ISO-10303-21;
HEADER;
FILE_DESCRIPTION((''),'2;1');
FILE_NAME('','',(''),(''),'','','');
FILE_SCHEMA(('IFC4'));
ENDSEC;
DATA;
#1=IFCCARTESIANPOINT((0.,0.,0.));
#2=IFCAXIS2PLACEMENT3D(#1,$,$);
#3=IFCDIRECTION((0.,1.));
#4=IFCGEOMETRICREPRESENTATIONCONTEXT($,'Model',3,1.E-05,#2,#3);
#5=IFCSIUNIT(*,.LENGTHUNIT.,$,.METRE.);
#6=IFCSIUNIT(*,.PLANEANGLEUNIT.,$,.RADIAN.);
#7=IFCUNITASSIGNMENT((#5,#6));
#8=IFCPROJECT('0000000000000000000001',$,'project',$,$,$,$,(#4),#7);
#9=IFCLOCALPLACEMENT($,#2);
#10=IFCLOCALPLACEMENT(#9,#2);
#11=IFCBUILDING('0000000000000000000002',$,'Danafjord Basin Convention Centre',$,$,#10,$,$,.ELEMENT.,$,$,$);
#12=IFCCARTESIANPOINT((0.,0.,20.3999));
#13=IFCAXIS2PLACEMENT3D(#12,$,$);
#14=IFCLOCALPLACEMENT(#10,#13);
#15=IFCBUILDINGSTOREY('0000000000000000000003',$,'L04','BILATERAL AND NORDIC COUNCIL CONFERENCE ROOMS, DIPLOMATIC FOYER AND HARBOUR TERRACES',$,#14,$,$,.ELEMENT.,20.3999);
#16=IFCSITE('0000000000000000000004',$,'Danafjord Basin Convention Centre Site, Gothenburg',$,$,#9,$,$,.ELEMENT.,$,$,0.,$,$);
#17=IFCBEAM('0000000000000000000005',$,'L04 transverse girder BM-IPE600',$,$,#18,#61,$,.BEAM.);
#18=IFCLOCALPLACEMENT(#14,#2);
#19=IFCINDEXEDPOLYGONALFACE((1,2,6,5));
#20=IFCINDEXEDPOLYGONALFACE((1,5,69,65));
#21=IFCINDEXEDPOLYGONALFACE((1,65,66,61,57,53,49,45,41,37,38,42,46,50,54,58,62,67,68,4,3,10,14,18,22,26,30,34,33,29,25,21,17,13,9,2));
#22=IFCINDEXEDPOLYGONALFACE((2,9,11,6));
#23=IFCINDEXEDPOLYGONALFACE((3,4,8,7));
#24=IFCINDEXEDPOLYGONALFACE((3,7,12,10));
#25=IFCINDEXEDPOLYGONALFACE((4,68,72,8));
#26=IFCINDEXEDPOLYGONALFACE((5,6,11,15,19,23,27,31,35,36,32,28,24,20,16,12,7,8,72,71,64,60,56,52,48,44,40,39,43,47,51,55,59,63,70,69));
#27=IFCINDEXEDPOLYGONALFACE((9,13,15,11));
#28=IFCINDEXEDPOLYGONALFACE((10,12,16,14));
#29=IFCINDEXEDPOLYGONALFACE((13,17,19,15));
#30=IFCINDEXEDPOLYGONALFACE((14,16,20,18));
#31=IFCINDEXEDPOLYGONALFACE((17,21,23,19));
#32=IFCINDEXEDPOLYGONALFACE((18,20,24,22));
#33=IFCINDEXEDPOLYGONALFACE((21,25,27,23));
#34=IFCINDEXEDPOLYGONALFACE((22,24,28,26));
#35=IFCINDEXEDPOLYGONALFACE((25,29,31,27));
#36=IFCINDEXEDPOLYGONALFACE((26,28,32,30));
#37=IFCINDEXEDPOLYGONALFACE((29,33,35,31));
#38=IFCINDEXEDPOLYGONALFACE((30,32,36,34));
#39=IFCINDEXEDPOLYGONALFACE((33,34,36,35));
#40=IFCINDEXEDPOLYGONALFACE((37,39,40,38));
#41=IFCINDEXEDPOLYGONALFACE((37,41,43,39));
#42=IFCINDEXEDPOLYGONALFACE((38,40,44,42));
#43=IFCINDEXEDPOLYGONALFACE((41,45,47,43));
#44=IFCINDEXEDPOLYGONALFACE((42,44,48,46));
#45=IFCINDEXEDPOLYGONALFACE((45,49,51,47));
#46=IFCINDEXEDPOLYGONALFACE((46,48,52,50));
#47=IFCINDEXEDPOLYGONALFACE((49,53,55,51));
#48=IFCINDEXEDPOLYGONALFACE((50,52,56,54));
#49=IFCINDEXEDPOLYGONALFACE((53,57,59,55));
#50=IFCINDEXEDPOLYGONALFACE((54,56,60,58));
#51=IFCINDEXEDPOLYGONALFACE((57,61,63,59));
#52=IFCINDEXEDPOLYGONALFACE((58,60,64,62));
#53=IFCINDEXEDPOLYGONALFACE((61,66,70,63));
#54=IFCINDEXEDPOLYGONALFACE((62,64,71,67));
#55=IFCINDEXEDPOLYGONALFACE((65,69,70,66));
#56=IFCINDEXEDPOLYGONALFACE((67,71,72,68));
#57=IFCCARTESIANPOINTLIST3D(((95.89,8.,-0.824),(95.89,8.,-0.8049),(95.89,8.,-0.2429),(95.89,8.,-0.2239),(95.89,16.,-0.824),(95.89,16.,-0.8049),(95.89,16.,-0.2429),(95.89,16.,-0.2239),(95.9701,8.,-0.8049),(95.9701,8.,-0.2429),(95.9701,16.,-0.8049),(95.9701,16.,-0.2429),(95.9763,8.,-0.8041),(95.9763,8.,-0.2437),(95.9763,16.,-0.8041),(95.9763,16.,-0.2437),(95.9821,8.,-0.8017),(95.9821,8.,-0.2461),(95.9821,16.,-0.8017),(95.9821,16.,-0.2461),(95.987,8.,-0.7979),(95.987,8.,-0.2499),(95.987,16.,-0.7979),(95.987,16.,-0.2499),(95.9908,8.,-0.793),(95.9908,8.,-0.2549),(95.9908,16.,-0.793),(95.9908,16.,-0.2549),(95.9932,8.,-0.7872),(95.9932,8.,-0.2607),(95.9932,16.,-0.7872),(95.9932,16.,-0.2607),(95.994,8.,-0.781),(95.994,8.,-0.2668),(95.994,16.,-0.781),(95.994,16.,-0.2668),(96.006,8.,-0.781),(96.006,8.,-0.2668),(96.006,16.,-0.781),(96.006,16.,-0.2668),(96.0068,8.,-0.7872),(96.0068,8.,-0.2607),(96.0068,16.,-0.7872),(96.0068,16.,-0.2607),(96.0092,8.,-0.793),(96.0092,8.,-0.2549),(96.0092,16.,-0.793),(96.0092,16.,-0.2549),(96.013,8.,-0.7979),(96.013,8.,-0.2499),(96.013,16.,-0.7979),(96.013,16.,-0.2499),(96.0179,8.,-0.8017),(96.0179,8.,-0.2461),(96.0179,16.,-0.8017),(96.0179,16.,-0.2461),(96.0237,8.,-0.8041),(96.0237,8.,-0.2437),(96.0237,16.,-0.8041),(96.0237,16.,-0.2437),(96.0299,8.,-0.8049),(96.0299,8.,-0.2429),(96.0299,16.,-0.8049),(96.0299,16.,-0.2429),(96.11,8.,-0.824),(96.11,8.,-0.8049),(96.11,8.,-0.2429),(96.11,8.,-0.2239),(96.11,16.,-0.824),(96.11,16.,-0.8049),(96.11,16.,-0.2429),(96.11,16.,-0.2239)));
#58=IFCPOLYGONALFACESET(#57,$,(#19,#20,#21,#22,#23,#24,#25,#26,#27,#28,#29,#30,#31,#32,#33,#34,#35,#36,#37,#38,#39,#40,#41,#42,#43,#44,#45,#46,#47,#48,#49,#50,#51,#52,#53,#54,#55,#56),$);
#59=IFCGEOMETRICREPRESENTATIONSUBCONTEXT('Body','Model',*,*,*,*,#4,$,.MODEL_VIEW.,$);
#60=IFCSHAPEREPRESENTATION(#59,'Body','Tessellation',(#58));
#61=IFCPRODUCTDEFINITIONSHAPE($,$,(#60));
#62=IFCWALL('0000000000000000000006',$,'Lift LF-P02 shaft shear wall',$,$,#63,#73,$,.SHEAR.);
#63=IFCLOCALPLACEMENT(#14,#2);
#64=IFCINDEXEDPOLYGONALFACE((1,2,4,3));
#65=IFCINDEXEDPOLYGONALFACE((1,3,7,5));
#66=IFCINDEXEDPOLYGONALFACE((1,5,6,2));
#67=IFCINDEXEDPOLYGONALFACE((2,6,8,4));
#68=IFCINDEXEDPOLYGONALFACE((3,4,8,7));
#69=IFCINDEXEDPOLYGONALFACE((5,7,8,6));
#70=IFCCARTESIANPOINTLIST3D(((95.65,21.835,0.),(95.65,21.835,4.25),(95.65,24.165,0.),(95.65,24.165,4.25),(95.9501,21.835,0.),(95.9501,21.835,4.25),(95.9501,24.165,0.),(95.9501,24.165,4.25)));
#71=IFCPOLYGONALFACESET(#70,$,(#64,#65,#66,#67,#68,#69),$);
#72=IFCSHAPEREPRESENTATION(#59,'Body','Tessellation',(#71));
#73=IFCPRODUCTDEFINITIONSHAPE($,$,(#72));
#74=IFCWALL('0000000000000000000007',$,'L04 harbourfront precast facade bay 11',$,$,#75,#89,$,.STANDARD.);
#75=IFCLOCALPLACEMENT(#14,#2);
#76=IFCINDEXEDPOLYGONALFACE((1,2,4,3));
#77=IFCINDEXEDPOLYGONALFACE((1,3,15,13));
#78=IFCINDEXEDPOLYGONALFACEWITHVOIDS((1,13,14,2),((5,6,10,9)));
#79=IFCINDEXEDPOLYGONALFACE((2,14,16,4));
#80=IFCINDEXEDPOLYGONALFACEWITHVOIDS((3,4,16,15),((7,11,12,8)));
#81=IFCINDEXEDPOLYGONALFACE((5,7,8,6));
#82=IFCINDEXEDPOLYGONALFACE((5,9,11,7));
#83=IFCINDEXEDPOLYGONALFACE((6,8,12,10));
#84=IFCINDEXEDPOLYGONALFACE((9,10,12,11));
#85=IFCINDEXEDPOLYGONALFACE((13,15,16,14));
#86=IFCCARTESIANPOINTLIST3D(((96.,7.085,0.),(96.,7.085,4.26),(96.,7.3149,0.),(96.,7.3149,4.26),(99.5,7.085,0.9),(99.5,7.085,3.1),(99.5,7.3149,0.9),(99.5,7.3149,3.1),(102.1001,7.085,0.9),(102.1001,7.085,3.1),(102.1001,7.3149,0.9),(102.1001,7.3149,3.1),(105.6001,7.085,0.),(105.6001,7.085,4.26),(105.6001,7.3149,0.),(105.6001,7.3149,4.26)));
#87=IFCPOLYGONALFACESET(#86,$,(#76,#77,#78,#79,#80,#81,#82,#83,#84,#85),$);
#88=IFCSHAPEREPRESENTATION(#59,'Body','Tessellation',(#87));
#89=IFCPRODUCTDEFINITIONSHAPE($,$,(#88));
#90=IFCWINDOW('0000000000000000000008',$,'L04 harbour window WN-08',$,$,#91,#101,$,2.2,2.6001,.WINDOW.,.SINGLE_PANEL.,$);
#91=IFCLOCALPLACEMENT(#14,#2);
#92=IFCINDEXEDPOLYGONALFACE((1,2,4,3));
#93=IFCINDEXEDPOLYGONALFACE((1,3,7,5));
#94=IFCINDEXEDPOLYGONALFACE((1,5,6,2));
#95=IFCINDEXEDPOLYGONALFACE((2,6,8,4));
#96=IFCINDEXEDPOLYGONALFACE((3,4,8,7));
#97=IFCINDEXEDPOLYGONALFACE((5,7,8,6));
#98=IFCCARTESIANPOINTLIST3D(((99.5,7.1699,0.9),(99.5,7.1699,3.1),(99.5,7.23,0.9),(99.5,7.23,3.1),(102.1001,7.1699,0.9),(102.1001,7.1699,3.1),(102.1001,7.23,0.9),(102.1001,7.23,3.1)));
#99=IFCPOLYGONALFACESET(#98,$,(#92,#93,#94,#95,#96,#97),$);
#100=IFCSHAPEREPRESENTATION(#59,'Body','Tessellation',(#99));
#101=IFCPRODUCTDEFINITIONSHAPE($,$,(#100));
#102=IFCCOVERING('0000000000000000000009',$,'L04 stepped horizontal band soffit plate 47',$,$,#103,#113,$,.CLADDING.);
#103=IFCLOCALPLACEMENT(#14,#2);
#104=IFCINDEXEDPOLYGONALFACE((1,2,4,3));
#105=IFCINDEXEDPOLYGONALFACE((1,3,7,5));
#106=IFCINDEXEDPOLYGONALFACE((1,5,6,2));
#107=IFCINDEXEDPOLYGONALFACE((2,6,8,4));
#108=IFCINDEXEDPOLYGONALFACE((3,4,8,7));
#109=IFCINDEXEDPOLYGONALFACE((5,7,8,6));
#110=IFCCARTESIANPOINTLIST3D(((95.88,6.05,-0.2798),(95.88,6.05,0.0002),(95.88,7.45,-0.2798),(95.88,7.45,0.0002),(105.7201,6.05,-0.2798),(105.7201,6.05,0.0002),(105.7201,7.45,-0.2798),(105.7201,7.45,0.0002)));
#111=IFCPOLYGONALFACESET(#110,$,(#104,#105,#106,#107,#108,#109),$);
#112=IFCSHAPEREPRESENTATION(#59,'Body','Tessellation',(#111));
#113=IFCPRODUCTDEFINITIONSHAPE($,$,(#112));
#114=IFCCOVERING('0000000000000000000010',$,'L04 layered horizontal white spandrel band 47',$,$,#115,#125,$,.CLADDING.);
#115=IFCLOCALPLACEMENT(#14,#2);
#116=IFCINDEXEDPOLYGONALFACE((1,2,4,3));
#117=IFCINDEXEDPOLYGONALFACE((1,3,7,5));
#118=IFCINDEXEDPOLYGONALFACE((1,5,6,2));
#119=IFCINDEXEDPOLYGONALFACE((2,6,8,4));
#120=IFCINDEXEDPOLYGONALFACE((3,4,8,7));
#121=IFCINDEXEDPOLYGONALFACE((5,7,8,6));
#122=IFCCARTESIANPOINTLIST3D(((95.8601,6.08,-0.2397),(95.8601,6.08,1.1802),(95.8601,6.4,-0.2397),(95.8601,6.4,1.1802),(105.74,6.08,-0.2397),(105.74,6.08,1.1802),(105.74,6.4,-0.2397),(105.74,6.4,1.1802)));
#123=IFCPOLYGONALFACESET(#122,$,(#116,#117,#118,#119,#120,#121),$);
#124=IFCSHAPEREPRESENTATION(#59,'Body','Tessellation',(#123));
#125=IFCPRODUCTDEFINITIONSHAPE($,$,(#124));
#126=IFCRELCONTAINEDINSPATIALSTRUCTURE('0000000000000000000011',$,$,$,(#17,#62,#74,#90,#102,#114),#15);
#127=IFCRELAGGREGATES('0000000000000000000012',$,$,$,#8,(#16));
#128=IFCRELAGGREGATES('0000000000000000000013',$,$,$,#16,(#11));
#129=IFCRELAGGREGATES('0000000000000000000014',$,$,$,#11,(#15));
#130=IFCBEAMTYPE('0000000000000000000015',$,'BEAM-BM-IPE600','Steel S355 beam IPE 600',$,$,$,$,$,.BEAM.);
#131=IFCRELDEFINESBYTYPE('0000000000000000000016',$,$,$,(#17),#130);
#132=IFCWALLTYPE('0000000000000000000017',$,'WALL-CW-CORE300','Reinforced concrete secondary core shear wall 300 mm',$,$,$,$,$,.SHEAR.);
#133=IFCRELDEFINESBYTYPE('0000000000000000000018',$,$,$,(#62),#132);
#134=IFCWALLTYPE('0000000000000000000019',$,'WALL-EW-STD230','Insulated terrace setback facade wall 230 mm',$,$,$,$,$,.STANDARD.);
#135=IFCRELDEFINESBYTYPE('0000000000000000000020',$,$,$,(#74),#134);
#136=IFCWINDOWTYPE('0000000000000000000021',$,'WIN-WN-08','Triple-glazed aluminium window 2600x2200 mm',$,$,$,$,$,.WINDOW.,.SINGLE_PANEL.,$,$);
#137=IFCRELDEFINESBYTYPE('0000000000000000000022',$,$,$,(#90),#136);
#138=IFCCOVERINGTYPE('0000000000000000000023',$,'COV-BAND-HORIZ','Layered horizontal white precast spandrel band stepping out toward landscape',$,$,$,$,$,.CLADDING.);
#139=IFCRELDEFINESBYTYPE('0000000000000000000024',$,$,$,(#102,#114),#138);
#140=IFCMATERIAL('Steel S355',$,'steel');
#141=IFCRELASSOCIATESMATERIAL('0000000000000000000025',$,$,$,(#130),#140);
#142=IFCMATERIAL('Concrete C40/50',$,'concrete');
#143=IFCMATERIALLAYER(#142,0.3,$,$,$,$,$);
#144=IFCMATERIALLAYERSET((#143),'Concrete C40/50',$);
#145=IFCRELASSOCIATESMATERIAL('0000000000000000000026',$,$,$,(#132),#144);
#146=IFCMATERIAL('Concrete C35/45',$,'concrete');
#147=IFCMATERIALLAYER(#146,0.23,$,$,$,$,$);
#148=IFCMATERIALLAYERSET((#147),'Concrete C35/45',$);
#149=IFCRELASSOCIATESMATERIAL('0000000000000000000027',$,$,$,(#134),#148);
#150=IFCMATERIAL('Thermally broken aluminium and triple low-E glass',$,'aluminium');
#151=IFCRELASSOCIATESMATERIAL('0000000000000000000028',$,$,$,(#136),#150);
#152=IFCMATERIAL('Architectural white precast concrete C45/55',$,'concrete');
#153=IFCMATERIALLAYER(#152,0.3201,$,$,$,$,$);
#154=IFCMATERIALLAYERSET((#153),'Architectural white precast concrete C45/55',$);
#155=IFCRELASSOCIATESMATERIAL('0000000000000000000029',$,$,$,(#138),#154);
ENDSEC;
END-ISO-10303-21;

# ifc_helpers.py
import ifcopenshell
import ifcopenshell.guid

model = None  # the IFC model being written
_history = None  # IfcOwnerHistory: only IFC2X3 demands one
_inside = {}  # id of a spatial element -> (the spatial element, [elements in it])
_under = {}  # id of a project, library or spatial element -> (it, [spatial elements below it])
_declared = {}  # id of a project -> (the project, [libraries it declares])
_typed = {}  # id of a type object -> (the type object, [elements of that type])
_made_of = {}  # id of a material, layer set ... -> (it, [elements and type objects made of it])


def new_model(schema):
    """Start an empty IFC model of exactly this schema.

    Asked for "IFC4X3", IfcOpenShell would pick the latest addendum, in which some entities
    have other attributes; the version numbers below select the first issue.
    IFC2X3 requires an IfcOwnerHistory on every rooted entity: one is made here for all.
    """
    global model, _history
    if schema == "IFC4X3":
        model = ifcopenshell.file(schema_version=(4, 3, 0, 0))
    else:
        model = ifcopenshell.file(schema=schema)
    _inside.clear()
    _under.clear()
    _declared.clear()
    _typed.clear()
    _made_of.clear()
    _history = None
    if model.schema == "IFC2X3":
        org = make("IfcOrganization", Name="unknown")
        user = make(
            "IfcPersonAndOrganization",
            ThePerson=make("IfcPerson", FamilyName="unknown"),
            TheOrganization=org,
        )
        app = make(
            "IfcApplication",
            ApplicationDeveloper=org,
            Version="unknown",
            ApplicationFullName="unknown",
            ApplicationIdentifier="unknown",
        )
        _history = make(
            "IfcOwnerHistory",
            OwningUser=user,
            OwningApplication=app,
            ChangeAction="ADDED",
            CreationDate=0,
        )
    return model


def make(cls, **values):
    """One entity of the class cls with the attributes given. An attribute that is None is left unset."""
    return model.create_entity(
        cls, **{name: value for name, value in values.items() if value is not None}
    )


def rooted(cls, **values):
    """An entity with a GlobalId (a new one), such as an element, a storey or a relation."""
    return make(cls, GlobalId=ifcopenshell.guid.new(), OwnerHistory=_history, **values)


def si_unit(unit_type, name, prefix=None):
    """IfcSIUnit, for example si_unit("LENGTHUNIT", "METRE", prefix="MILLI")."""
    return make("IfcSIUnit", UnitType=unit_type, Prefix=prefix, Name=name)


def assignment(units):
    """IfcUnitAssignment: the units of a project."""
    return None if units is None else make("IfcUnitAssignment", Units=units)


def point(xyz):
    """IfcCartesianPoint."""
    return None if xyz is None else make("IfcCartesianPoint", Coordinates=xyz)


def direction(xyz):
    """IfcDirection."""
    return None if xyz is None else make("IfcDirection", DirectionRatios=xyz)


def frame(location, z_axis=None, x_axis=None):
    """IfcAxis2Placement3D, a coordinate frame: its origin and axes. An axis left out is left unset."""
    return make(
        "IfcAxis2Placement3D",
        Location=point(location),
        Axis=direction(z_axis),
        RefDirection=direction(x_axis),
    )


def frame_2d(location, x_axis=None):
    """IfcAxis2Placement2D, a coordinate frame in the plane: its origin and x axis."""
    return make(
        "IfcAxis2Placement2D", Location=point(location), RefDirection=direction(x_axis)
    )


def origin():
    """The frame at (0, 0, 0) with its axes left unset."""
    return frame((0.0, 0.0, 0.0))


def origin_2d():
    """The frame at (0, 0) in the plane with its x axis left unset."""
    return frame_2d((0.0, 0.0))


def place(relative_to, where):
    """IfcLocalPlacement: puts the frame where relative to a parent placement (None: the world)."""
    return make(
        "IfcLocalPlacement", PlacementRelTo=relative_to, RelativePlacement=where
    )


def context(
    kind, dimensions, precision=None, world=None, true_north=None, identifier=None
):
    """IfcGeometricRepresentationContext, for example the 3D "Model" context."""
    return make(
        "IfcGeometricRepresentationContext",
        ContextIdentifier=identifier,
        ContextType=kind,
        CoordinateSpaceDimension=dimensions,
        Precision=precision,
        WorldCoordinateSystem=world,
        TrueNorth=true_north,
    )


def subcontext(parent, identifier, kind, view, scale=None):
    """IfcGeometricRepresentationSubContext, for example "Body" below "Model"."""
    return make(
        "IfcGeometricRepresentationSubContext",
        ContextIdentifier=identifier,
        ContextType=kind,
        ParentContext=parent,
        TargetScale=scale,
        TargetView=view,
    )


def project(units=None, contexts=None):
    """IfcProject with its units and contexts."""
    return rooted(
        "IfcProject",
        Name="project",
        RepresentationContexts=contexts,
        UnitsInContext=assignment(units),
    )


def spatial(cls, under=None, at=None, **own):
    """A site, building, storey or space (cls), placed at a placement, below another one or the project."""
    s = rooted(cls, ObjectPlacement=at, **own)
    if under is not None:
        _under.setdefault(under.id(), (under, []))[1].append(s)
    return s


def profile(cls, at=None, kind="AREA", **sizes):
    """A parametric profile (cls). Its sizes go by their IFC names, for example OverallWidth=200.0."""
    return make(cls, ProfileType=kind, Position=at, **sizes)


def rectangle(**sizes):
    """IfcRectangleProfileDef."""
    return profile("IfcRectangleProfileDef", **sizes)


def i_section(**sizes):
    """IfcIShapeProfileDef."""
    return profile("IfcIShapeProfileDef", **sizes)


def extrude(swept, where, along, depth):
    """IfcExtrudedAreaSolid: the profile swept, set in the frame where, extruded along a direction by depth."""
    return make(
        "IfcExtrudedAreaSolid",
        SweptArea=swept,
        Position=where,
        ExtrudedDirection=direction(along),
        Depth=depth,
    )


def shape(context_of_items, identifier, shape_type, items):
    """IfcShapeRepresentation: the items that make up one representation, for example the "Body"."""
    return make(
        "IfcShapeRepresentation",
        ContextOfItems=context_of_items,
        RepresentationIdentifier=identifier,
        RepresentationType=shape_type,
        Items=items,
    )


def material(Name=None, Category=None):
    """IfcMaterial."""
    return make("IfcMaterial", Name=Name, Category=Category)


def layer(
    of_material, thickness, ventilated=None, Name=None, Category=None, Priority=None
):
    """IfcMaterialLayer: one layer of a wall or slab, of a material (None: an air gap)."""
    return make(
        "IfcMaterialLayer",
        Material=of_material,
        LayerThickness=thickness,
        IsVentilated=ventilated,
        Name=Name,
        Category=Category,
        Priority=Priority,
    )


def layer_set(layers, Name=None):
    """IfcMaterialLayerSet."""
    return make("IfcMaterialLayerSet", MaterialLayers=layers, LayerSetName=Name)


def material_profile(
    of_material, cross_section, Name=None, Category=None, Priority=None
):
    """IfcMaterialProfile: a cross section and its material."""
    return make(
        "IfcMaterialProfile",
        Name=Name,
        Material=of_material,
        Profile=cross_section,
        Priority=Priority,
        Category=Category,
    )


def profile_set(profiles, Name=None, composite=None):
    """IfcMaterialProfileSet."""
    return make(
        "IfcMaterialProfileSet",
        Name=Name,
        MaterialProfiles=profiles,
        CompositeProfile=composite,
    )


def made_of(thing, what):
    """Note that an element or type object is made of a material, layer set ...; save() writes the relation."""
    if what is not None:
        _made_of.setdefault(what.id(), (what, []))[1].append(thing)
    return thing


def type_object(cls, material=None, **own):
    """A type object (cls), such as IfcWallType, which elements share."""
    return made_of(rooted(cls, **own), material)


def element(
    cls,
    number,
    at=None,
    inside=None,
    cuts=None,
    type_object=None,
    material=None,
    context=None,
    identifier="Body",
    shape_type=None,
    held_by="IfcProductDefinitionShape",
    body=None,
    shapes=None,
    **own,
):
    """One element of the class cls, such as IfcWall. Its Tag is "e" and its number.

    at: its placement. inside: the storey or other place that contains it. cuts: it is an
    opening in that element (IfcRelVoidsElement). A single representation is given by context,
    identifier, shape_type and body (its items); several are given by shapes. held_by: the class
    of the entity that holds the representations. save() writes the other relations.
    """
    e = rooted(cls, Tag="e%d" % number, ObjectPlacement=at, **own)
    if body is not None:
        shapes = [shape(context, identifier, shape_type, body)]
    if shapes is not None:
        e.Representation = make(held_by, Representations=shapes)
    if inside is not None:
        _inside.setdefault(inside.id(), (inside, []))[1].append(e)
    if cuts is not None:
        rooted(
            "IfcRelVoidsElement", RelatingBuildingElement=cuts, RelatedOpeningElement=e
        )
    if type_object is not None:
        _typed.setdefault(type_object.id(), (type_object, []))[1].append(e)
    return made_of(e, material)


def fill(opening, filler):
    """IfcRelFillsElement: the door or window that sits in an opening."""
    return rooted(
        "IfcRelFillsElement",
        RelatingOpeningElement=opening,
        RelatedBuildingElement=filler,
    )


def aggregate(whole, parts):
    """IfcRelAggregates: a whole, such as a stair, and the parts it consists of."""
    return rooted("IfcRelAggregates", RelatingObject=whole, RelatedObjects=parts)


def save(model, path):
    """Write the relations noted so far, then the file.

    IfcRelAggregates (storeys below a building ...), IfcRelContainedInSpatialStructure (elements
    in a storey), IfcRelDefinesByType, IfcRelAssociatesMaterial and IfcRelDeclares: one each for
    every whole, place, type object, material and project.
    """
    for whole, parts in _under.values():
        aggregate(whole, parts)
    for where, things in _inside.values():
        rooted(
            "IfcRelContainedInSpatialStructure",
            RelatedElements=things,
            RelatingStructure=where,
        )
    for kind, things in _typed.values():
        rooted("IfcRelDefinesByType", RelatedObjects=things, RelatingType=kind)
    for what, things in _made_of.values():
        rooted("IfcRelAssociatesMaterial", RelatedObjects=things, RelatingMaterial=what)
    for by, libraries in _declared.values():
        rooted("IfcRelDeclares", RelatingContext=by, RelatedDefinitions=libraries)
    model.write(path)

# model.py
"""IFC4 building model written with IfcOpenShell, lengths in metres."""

from ifc_helpers import new_model, si_unit, direction, frame, frame_2d, origin, origin_2d, place, context, subcontext, project, spatial, rectangle, i_section, extrude, material, layer, layer_set, material_profile, profile_set, type_object, element, fill, save


model = new_model("IFC4")

# Units and contexts
model_context = context("Model", 3, precision=1e-05, world=origin(), true_north=direction((0.0, 1.0)))
body_context = subcontext(model_context, "Body", "Model", "MODEL_VIEW")
ifc_project = project(units=[si_unit("LENGTHUNIT", "METRE"), si_unit("PLANEANGLEUNIT", "RADIAN")], contexts=[model_context])

# Site, building, storey
site_placement = place(None, origin())
site = spatial("IfcSite", under=ifc_project, at=site_placement, Name="Danafjord Basin Convention Centre Site, Gothenburg", CompositionType="ELEMENT", RefElevation=0.0)
building_placement = place(site_placement, origin())
building = spatial("IfcBuilding", under=site, at=building_placement, Name="Danafjord Basin Convention Centre", CompositionType="ELEMENT")
storey_placement = place(building_placement, frame((0.0, 0.0, 20.3999)))
storey = spatial("IfcBuildingStorey", under=building, at=storey_placement, Name="L04", Description="BILATERAL AND NORDIC COUNCIL CONFERENCE ROOMS, DIPLOMATIC FOYER AND HARBOUR TERRACES", CompositionType="ELEMENT", Elevation=20.3999)

# Shared definitions
ifc_material_1 = material(Name="Steel S355", Category="steel")

# Beam
ifc_material_profile_1 = material_profile(ifc_material_1, i_section(OverallWidth=0.22, OverallDepth=0.6001, WebThickness=0.012, FlangeThickness=0.019, FilletRadius=0.0239, at=origin_2d()), Name="IPE 600")
ifc_profile_set_1 = profile_set([ifc_material_profile_1], Name="Steel S355")
beam_type_1 = type_object("IfcBeamType", Name="BEAM-BM-IPE600", Description="Steel S355 beam IPE 600", PredefinedType="BEAM", material=ifc_profile_set_1)
beam_1_placement = place(storey_placement, frame((96.0, 8.0, -0.5239), z_axis=(0.0, 1.0, 0.0), x_axis=(-1.0, 0.0, 0.0)))
element("IfcBeam", 1, at=beam_1_placement, inside=storey, type_object=beam_type_1, Name="L04 transverse girder BM-IPE600", PredefinedType="BEAM", context=body_context, shape_type="SweptSolid", body=[
    extrude(i_section(OverallWidth=0.22, OverallDepth=0.6001, WebThickness=0.012, FlangeThickness=0.019, FilletRadius=0.0239, at=origin_2d()), origin(), (0.0, 0.0, 1.0), 8.0),
])

# Wall
ifc_material_2 = material(Name="Concrete C40/50", Category="concrete")
ifc_layer_1 = layer(ifc_material_2, 0.3)
ifc_layer_set_1 = layer_set([ifc_layer_1], Name="Concrete C40/50")
wall_type_1 = type_object("IfcWallType", Name="WALL-CW-CORE300", Description="Reinforced concrete secondary core shear wall 300 mm", PredefinedType="SHEAR", material=ifc_layer_set_1)
wall_1_placement = place(storey_placement, frame((95.8, 21.835, 0.0), z_axis=(0.0, 0.0, 1.0), x_axis=(0.0, 1.0, 0.0)))
element("IfcWall", 2, at=wall_1_placement, inside=storey, type_object=wall_type_1, Name="Lift LF-P02 shaft shear wall", PredefinedType="SHEAR", context=body_context, shape_type="SweptSolid", body=[
    extrude(rectangle(XDim=2.3301, YDim=0.3, at=frame_2d((1.165, 0.0))), origin(), (0.0, 0.0, 1.0), 4.25),
])

# Wall, opening, window
ifc_material_3 = material(Name="Concrete C35/45", Category="concrete")
ifc_layer_2 = layer(ifc_material_3, 0.23)
ifc_layer_set_2 = layer_set([ifc_layer_2], Name="Concrete C35/45")
wall_type_2 = type_object("IfcWallType", Name="WALL-EW-STD230", Description="Insulated terrace setback facade wall 230 mm", PredefinedType="STANDARD", material=ifc_layer_set_2)
wall_2_placement = place(storey_placement, frame((96.0, 7.2, 0.0), z_axis=(0.0, 0.0, 1.0), x_axis=(1.0, 0.0, 0.0)))
wall_2 = element("IfcWall", 3, at=wall_2_placement, inside=storey, type_object=wall_type_2, Name="L04 harbourfront precast facade bay 11", PredefinedType="STANDARD", context=body_context, shape_type="SweptSolid", body=[
    extrude(rectangle(XDim=9.6001, YDim=0.23, at=frame_2d((4.8, 0.0))), origin(), (0.0, 0.0, 1.0), 4.26),
])
opening_placement = place(wall_2_placement, frame((3.5, 0.0, 0.8999)))
opening = element("IfcOpeningElement", 4, at=opening_placement, cuts=wall_2, PredefinedType="OPENING", context=body_context, shape_type="SweptSolid", body=[
    extrude(rectangle(XDim=2.6001, YDim=2.2, at=frame_2d((1.3, 1.1001))), frame((0.0, 0.125, 0.0), z_axis=(0.0, -1.0, 0.0), x_axis=(1.0, 0.0, 0.0)), (0.0, 0.0, 1.0), 0.25),
])
ifc_material_4 = material(Name="Thermally broken aluminium and triple low-E glass", Category="aluminium")
window_type = type_object("IfcWindowType", Name="WIN-WN-08", Description="Triple-glazed aluminium window 2600x2200 mm", PartitioningType="SINGLE_PANEL", PredefinedType="WINDOW", material=ifc_material_4)
window_placement = place(opening_placement, origin())
window = element("IfcWindow", 5, at=window_placement, inside=storey, type_object=window_type, Name="L04 harbour window WN-08", OverallHeight=2.2, OverallWidth=2.6001, PartitioningType="SINGLE_PANEL", PredefinedType="WINDOW", context=body_context, shape_type="SweptSolid", body=[
    extrude(rectangle(XDim=2.6001, YDim=2.2, at=frame_2d((1.3, 1.1001))), frame((0.0, 0.03, 0.0), z_axis=(0.0, -1.0, 0.0), x_axis=(1.0, 0.0, 0.0)), (0.0, 0.0, 1.0), 0.0601),
])
fill(opening, window)

# Coverings
ifc_material_5 = material(Name="Architectural white precast concrete C45/55", Category="concrete")
ifc_layer_3 = layer(ifc_material_5, 0.3201)
ifc_layer_set_3 = layer_set([ifc_layer_3], Name="Architectural white precast concrete C45/55")
covering_type = type_object("IfcCoveringType", Name="COV-BAND-HORIZ", Description="Layered horizontal white precast spandrel band stepping out toward landscape", PredefinedType="CLADDING", material=ifc_layer_set_3)
covering_1_placement = place(storey_placement, frame((100.8, 6.75, -0.2798), z_axis=(0.0, 0.0, 1.0), x_axis=(1.0, 0.0, 0.0)))
element("IfcCovering", 6, at=covering_1_placement, inside=storey, type_object=covering_type, Name="L04 stepped horizontal band soffit plate 47", PredefinedType="CLADDING", context=body_context, shape_type="SweptSolid", body=[
    extrude(rectangle(XDim=9.8401, YDim=1.3999, at=origin_2d()), origin(), (0.0, 0.0, 1.0), 0.28),
])
covering_2_placement = place(storey_placement, frame((100.8, 6.24, -0.2397), z_axis=(0.0, 0.0, 1.0), x_axis=(1.0, 0.0, 0.0)))
element("IfcCovering", 7, at=covering_2_placement, inside=storey, type_object=covering_type, Name="L04 layered horizontal white spandrel band 47", PredefinedType="CLADDING", context=body_context, shape_type="SweptSolid", body=[
    extrude(rectangle(XDim=9.8799, YDim=0.3201, at=origin_2d()), origin(), (0.0, 0.0, 1.0), 1.4199),
])

save(model, "model.ifc")
